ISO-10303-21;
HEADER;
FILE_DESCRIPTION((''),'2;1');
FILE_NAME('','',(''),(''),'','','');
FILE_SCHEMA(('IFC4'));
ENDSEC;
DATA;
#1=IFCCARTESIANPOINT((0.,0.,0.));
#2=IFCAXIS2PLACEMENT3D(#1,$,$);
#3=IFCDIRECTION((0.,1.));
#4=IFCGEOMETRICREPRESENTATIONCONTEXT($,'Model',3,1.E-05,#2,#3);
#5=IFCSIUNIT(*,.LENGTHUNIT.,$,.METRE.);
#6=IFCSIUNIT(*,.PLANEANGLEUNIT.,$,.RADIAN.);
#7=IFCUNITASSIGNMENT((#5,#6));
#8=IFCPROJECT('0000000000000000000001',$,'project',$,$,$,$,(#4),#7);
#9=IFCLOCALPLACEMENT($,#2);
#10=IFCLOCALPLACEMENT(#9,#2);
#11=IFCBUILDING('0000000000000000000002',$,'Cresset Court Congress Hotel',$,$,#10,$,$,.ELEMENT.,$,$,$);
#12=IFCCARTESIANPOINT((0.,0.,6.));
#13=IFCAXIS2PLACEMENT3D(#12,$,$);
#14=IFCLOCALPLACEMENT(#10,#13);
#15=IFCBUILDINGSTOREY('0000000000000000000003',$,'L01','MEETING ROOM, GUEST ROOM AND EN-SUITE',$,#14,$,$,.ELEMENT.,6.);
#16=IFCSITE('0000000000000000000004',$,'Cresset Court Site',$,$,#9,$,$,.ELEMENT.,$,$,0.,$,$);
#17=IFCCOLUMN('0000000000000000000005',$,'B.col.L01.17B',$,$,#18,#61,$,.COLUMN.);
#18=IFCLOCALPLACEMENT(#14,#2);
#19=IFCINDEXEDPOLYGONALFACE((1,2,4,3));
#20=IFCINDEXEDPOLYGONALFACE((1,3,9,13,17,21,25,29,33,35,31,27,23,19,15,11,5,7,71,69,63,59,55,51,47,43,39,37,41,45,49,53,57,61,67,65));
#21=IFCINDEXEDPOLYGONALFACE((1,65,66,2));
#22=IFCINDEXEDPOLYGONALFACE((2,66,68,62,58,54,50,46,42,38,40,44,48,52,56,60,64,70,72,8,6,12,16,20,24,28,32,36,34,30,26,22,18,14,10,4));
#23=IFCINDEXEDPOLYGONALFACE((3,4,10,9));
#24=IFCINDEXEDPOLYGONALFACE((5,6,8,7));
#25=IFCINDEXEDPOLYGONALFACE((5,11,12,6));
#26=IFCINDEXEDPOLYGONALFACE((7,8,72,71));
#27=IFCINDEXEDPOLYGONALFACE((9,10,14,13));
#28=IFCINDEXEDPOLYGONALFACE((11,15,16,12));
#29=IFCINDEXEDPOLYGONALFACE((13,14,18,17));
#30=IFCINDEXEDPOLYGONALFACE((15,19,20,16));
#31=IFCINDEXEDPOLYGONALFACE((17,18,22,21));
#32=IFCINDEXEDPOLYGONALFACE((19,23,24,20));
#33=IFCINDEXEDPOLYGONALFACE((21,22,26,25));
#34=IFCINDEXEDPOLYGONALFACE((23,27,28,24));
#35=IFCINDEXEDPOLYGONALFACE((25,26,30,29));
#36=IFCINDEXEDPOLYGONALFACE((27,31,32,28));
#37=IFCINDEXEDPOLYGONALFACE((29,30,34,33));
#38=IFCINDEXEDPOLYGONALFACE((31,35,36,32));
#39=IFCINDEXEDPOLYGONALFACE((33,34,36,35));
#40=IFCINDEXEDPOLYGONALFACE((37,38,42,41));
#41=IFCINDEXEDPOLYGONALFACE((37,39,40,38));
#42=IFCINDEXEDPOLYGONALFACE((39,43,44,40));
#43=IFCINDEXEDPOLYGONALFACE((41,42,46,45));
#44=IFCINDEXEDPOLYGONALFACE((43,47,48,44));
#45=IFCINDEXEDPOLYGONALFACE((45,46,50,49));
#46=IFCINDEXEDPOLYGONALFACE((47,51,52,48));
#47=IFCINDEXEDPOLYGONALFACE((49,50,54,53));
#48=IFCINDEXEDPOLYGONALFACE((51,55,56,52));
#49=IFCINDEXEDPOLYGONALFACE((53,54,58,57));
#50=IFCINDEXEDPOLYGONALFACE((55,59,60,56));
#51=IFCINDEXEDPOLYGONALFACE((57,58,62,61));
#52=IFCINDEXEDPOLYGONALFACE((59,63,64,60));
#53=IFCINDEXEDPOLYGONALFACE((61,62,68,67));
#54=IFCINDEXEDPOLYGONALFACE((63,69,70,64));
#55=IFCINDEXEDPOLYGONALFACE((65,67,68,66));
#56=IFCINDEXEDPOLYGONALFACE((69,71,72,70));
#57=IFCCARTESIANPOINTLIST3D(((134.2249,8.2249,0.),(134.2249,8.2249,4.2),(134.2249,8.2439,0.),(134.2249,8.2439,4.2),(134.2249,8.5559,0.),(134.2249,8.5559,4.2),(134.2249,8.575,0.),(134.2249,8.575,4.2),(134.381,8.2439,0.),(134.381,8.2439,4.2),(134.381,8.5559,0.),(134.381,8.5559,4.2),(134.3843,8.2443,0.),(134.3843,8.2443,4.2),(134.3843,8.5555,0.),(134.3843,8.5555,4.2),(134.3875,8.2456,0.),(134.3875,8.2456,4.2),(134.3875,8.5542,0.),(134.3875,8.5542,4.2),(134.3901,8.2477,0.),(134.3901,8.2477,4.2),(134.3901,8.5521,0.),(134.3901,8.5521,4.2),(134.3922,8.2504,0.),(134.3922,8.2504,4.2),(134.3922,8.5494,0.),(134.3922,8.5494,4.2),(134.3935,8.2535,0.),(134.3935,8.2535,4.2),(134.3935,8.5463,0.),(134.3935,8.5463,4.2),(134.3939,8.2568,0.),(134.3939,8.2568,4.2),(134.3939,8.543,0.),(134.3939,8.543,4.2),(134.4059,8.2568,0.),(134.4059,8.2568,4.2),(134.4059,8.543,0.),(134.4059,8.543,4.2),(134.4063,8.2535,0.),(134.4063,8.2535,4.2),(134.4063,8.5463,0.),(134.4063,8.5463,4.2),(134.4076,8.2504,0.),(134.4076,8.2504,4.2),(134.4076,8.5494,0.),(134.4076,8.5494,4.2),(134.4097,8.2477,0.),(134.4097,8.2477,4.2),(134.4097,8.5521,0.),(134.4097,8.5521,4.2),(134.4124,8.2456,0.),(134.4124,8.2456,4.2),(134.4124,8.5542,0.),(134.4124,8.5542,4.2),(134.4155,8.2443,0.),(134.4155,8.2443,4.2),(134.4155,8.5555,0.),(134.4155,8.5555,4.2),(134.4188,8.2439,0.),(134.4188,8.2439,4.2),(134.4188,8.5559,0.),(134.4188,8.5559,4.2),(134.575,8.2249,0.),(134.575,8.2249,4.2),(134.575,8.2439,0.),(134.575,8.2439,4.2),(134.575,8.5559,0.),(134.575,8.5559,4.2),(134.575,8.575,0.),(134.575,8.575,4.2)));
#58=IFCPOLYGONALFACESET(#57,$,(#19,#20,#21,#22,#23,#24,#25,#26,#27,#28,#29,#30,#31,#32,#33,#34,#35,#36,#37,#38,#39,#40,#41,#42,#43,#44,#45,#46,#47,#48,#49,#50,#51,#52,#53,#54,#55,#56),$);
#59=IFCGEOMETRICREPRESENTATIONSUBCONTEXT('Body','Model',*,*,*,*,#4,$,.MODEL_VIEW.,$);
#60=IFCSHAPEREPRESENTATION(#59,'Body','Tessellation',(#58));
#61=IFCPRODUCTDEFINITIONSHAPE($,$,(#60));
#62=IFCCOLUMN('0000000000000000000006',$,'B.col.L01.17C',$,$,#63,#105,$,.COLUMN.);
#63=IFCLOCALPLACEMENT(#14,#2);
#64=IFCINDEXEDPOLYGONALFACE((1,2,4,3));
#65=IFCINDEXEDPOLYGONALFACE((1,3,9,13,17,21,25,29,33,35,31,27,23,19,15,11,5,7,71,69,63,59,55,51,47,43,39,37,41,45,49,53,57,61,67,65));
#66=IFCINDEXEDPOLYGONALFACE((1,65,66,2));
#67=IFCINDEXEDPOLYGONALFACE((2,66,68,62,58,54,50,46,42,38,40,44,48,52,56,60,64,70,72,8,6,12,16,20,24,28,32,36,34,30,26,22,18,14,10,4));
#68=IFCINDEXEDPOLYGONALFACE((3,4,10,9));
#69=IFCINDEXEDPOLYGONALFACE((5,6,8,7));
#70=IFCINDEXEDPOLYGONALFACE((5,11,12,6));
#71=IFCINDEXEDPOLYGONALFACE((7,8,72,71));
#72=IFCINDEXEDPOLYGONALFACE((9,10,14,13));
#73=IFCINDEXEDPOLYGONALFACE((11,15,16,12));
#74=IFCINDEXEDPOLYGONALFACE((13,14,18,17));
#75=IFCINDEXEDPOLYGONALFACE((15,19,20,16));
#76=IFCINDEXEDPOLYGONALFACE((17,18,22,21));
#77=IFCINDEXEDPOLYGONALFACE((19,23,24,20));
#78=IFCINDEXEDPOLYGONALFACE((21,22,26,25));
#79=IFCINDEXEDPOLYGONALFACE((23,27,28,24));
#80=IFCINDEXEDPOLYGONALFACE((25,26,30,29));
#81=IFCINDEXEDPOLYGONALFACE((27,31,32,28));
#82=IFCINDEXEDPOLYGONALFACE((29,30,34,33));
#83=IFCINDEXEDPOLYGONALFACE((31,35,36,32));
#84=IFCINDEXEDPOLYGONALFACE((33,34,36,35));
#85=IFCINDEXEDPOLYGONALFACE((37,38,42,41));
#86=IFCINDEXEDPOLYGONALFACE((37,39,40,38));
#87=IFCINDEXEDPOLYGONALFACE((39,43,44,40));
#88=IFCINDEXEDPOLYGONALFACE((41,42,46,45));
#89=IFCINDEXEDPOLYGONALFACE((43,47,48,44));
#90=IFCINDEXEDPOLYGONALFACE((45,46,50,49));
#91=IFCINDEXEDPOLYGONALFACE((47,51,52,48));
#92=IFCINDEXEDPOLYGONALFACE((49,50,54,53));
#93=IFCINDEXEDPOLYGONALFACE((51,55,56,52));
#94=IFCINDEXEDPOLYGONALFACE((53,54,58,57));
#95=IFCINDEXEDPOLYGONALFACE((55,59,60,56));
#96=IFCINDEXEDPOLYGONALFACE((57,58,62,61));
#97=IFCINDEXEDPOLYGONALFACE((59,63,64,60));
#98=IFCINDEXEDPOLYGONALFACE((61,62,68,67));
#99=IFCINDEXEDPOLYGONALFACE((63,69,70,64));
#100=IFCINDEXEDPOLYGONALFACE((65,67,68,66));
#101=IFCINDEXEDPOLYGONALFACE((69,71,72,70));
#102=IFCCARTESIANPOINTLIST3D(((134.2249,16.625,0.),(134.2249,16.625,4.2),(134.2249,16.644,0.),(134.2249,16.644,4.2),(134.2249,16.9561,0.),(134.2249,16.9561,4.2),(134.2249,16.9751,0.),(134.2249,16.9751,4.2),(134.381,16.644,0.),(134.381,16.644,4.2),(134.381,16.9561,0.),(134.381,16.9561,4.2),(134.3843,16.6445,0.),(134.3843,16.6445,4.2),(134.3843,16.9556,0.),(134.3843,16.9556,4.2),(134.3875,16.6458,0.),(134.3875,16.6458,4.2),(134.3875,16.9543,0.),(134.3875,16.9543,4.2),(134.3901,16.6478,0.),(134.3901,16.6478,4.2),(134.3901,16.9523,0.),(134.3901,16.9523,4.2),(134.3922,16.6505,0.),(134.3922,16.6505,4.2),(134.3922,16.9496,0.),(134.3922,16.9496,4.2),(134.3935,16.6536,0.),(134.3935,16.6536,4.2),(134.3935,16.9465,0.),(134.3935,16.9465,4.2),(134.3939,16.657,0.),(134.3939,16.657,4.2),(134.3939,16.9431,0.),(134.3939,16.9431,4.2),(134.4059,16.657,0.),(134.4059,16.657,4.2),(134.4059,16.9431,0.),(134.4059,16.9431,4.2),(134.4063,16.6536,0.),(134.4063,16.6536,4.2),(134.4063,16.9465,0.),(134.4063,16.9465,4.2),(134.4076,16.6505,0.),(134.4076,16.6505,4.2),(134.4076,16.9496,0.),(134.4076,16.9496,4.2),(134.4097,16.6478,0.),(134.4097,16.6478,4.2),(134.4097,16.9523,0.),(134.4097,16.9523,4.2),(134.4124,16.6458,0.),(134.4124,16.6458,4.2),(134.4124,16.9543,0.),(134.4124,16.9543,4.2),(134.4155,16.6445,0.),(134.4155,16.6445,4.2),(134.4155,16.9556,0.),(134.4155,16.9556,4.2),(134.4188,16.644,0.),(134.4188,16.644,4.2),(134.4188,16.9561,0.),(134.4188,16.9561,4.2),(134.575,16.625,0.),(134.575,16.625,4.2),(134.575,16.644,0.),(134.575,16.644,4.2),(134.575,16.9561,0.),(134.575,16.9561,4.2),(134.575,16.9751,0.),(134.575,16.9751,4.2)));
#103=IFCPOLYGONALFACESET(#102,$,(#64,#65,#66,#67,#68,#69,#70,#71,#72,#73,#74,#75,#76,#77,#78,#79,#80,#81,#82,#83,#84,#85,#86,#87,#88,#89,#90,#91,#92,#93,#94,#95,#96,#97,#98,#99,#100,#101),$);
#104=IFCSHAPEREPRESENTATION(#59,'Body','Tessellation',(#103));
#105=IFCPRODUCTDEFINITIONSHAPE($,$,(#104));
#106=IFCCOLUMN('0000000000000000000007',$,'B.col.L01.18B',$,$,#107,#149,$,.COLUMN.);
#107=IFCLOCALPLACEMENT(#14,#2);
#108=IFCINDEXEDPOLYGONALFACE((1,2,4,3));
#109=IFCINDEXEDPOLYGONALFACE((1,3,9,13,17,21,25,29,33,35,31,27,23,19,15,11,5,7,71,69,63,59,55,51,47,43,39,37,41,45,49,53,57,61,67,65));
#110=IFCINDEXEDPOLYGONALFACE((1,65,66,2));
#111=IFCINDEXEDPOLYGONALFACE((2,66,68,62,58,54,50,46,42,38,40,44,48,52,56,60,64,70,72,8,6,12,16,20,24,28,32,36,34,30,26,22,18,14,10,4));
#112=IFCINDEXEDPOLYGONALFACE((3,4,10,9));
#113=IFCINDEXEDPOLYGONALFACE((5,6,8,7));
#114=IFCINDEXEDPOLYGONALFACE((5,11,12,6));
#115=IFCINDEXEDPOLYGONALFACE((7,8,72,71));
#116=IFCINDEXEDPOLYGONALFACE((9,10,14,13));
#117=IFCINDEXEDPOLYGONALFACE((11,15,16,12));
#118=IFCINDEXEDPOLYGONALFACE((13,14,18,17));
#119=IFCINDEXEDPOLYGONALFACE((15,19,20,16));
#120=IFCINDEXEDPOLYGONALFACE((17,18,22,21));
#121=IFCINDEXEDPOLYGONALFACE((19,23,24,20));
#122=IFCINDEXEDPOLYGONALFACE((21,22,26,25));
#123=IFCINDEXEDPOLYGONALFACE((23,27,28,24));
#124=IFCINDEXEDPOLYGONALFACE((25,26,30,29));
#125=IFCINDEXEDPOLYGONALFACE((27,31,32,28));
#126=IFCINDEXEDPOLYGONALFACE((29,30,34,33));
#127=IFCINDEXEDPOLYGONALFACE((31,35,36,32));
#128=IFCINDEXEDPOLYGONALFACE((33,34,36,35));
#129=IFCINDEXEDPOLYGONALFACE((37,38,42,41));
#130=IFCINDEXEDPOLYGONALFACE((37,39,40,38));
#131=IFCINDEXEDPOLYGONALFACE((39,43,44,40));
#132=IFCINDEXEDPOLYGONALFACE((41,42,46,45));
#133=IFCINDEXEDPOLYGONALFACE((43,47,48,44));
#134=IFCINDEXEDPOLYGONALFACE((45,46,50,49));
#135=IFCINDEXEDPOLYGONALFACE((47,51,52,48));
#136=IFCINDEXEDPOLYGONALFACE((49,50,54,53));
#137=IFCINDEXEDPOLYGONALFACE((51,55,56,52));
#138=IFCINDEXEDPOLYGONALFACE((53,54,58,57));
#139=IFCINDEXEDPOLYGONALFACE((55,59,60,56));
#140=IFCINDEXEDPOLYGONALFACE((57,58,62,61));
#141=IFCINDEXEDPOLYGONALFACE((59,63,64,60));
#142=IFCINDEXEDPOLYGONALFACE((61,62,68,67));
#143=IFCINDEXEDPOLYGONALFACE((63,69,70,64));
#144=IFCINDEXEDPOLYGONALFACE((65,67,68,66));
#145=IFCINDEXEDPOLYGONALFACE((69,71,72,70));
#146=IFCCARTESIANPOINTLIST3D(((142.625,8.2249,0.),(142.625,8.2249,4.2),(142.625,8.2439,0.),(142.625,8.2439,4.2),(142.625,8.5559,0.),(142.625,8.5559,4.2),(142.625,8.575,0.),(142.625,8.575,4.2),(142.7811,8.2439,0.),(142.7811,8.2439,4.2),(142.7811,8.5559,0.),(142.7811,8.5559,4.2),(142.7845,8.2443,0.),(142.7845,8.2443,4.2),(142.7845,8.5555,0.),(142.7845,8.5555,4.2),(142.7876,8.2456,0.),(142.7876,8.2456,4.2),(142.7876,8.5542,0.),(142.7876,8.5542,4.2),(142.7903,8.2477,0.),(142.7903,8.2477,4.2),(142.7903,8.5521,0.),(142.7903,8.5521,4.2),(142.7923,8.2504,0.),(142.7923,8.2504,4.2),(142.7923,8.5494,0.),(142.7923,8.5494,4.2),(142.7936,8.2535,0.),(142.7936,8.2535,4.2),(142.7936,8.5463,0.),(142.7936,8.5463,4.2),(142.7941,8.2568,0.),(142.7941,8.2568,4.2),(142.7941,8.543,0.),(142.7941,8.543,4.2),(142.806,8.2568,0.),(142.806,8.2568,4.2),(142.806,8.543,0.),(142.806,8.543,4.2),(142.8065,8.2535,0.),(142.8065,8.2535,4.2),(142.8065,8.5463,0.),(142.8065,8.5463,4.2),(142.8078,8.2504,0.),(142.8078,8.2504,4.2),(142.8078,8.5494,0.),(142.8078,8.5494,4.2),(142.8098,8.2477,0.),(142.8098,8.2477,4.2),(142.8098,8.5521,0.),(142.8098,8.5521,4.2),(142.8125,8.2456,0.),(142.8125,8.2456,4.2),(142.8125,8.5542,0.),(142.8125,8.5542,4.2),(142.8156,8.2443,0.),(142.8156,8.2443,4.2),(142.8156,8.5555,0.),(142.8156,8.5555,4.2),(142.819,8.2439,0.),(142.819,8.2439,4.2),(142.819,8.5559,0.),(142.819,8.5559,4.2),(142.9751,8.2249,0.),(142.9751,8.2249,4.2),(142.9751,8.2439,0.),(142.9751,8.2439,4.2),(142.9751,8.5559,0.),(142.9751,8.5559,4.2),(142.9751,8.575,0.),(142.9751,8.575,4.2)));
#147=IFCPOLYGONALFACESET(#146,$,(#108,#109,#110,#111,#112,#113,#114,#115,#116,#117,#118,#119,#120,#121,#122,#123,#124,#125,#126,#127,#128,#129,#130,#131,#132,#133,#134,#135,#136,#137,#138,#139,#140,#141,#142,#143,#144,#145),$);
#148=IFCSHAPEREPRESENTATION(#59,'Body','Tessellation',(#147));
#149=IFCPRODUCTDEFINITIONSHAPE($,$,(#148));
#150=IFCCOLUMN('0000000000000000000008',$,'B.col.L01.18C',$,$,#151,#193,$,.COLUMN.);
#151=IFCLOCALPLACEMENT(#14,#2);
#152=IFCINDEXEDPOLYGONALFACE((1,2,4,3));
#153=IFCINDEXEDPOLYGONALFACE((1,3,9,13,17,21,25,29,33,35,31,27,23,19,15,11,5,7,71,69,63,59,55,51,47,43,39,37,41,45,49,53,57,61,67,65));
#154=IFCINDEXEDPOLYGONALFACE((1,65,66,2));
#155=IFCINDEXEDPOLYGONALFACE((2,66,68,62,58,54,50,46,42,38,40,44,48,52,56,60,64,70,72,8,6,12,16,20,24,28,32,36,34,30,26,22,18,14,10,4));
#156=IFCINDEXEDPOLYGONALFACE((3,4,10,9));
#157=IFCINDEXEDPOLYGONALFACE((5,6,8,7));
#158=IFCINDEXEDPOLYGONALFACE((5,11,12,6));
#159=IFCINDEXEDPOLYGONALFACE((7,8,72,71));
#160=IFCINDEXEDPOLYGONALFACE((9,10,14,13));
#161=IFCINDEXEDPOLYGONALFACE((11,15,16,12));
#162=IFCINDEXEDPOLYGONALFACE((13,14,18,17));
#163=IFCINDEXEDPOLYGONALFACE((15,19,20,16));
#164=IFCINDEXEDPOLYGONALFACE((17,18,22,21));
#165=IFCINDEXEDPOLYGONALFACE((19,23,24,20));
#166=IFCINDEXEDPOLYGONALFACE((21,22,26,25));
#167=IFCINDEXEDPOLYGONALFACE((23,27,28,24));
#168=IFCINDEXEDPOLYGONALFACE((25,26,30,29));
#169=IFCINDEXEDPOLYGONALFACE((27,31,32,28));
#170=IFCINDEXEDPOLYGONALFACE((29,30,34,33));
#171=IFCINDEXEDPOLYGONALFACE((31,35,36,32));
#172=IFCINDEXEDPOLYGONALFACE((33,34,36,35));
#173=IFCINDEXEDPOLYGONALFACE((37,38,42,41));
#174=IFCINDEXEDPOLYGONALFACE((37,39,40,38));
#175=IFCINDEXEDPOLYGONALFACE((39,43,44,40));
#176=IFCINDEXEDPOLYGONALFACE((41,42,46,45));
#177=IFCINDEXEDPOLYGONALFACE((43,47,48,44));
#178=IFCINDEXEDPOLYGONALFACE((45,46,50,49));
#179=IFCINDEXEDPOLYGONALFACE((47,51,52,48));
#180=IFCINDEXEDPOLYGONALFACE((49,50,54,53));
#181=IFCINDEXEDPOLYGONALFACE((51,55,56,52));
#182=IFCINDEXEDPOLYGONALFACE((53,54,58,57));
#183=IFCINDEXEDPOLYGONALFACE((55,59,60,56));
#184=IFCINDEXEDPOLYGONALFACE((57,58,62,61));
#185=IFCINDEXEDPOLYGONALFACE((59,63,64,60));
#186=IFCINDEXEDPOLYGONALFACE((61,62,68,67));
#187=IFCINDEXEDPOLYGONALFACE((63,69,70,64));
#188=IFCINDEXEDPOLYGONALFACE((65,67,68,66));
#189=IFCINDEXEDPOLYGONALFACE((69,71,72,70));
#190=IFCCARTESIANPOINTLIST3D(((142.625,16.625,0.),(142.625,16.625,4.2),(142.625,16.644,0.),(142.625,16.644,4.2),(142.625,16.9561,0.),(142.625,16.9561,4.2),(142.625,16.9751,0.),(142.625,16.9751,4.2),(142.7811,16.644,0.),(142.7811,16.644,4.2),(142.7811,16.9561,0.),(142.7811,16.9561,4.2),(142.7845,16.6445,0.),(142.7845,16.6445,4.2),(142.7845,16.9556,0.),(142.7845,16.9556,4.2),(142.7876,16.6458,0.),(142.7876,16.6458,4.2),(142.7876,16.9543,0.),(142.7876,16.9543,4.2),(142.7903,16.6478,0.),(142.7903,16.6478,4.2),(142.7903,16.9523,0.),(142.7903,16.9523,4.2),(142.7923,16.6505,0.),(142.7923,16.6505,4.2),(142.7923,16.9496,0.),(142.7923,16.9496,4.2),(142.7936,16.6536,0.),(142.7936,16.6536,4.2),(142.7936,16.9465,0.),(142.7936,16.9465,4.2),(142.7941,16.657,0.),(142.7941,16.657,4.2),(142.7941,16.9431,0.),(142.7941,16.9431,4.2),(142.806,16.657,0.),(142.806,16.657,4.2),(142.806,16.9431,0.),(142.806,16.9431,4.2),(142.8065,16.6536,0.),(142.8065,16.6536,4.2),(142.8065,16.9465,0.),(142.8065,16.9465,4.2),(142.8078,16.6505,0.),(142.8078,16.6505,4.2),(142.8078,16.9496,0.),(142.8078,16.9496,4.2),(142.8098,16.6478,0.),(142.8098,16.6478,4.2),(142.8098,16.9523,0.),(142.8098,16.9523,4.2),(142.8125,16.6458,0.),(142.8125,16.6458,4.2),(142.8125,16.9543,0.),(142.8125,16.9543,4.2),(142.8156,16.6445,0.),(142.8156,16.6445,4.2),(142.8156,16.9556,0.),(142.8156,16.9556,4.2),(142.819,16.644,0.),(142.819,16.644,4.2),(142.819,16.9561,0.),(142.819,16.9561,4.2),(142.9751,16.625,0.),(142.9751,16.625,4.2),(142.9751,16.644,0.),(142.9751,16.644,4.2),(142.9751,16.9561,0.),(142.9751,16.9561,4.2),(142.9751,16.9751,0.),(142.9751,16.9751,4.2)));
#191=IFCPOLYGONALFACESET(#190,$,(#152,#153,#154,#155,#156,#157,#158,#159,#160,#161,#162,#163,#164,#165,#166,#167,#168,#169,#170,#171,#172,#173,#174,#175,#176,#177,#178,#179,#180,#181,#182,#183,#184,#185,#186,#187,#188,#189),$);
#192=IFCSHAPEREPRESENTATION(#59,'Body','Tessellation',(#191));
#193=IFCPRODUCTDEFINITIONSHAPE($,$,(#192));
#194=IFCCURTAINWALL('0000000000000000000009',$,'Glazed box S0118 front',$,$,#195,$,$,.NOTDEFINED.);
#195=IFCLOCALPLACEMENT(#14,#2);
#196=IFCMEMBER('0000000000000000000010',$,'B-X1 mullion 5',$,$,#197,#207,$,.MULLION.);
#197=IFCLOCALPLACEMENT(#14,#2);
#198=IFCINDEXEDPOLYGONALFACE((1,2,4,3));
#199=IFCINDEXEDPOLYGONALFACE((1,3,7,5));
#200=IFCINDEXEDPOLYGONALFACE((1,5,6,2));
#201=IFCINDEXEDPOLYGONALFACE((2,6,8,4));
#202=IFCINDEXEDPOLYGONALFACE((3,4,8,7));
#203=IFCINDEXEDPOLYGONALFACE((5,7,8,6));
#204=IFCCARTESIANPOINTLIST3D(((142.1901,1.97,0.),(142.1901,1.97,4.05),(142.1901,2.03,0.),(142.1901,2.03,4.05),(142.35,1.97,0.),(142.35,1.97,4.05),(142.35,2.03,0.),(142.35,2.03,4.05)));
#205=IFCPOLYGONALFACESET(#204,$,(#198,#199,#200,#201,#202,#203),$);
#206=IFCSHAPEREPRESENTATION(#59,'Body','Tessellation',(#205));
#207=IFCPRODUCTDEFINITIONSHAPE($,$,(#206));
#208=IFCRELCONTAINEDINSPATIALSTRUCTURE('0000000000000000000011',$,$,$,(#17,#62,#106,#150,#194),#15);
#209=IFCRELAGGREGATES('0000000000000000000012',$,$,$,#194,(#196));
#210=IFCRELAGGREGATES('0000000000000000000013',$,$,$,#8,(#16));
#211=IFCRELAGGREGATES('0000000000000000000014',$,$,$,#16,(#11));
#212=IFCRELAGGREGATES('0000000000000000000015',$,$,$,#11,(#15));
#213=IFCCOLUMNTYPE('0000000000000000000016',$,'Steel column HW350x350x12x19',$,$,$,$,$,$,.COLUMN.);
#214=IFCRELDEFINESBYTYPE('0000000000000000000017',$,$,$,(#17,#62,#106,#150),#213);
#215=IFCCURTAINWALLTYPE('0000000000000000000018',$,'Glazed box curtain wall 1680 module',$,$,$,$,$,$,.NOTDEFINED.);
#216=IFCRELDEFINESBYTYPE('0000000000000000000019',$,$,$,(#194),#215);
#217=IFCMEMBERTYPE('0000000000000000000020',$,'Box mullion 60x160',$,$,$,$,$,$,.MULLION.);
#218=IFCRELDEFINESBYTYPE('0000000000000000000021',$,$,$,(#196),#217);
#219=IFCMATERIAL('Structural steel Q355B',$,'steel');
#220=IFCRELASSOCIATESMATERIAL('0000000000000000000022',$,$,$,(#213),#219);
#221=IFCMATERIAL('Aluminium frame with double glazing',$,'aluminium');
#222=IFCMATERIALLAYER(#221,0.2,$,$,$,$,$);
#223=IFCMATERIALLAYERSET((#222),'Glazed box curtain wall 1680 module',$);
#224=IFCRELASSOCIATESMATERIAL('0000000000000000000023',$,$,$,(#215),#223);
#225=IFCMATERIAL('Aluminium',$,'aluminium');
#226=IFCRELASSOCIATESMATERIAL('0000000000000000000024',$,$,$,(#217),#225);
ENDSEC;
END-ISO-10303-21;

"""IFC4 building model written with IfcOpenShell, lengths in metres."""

from ifc_helpers import new_model, si_unit, direction, frame, origin, origin_2d, place, context, subcontext, project, spatial, rectangle, i_section, extrude, material, layer, layer_set, material_profile, profile_set, type_object, element, aggregate, save


model = new_model("IFC4")

# Units and contexts
model_context = context("Model", 3, precision=1e-05, world=origin(), true_north=direction((0.0, 1.0)))
body_context = subcontext(model_context, "Body", "Model", "MODEL_VIEW")
ifc_project = project(units=[si_unit("LENGTHUNIT", "METRE"), si_unit("PLANEANGLEUNIT", "RADIAN")], contexts=[model_context])

# Site, building, storey
site_placement = place(None, origin())
site = spatial("IfcSite", under=ifc_project, at=site_placement, Name="Cresset Court Site", CompositionType="ELEMENT", RefElevation=0.0)
building_placement = place(site_placement, origin())
building = spatial("IfcBuilding", under=site, at=building_placement, Name="Cresset Court Congress Hotel", CompositionType="ELEMENT")
storey_placement = place(building_placement, frame((0.0, 0.0, 6.0)))
storey = spatial("IfcBuildingStorey", under=building, at=storey_placement, Name="L01", Description="MEETING ROOM, GUEST ROOM AND EN-SUITE", CompositionType="ELEMENT", Elevation=6.0)

# Columns
ifc_material_1 = material(Name="Structural steel Q355B", Category="steel")
ifc_material_profile_1 = material_profile(ifc_material_1, i_section(OverallWidth=0.3501, OverallDepth=0.3501, WebThickness=0.012, FlangeThickness=0.019, FilletRadius=0.0129, at=origin_2d()), Name="HW350x350x12x19")
ifc_profile_set_1 = profile_set([ifc_material_profile_1], Name="Structural steel Q355B")
column_type = type_object("IfcColumnType", Name="Steel column HW350x350x12x19", PredefinedType="COLUMN", material=ifc_profile_set_1)
for number, where, z_axis, x_axis, name in (
    (1, (134.3999, 8.3999, 0.0), (0.0, 0.0, 1.0), (1.0, 0.0, 0.0), "B.col.L01.17B"),
    (2, (134.3999, 16.8, 0.0), (0.0, 0.0, 1.0), (1.0, 0.0, 0.0), "B.col.L01.17C"),
    (3, (142.8, 8.3999, 0.0), (0.0, 0.0, 1.0), (1.0, 0.0, 0.0), "B.col.L01.18B"),
    (4, (142.8, 16.8, 0.0), (0.0, 0.0, 1.0), (1.0, 0.0, 0.0), "B.col.L01.18C"),
):
    element("IfcColumn", number, at=place(storey_placement, frame(where, z_axis=z_axis, x_axis=x_axis)), inside=storey, type_object=column_type, Name=name, PredefinedType="COLUMN", context=body_context, shape_type="SweptSolid", body=[
        extrude(i_section(OverallWidth=0.3501, OverallDepth=0.3501, WebThickness=0.012, FlangeThickness=0.019, FilletRadius=0.0129, at=origin_2d()), origin(), (0.0, 0.0, 1.0), 4.2),
    ])

# Curtain wall, member
ifc_material_2 = material(Name="Aluminium frame with double glazing", Category="aluminium")
ifc_layer_1 = layer(ifc_material_2, 0.2)
ifc_layer_set_1 = layer_set([ifc_layer_1], Name="Glazed box curtain wall 1680 module")
curtain_wall_type = type_object("IfcCurtainWallType", Name="Glazed box curtain wall 1680 module", PredefinedType="NOTDEFINED", material=ifc_layer_set_1)
curtain_wall_placement = place(storey_placement, origin())
curtain_wall = element("IfcCurtainWall", 5, at=curtain_wall_placement, inside=storey, type_object=curtain_wall_type, Name="Glazed box S0118 front", PredefinedType="NOTDEFINED")
ifc_material_3 = material(Name="Aluminium", Category="aluminium")
ifc_material_profile_2 = material_profile(ifc_material_3, rectangle(XDim=0.0601, YDim=0.1599, at=origin_2d()), Name="Box mullion 60x160")
ifc_profile_set_2 = profile_set([ifc_material_profile_2], Name="Aluminium")
member_type_1 = type_object("IfcMemberType", Name="Box mullion 60x160", PredefinedType="MULLION", material=ifc_profile_set_2)
member_1_placement = place(storey_placement, frame((142.27, 2.0, 0.0), z_axis=(0.0, 0.0, 1.0), x_axis=(0.0, 1.0, 0.0)))
member_1 = element("IfcMember", 6, at=member_1_placement, type_object=member_type_1, Name="B-X1 mullion 5", PredefinedType="MULLION", context=body_context, shape_type="SweptSolid", body=[
    extrude(rectangle(XDim=0.0601, YDim=0.1599, at=origin_2d()), origin(), (0.0, 0.0, 1.0), 4.05),
])

aggregate(curtain_wall, [member_1])

save(model, "model.ifc")
